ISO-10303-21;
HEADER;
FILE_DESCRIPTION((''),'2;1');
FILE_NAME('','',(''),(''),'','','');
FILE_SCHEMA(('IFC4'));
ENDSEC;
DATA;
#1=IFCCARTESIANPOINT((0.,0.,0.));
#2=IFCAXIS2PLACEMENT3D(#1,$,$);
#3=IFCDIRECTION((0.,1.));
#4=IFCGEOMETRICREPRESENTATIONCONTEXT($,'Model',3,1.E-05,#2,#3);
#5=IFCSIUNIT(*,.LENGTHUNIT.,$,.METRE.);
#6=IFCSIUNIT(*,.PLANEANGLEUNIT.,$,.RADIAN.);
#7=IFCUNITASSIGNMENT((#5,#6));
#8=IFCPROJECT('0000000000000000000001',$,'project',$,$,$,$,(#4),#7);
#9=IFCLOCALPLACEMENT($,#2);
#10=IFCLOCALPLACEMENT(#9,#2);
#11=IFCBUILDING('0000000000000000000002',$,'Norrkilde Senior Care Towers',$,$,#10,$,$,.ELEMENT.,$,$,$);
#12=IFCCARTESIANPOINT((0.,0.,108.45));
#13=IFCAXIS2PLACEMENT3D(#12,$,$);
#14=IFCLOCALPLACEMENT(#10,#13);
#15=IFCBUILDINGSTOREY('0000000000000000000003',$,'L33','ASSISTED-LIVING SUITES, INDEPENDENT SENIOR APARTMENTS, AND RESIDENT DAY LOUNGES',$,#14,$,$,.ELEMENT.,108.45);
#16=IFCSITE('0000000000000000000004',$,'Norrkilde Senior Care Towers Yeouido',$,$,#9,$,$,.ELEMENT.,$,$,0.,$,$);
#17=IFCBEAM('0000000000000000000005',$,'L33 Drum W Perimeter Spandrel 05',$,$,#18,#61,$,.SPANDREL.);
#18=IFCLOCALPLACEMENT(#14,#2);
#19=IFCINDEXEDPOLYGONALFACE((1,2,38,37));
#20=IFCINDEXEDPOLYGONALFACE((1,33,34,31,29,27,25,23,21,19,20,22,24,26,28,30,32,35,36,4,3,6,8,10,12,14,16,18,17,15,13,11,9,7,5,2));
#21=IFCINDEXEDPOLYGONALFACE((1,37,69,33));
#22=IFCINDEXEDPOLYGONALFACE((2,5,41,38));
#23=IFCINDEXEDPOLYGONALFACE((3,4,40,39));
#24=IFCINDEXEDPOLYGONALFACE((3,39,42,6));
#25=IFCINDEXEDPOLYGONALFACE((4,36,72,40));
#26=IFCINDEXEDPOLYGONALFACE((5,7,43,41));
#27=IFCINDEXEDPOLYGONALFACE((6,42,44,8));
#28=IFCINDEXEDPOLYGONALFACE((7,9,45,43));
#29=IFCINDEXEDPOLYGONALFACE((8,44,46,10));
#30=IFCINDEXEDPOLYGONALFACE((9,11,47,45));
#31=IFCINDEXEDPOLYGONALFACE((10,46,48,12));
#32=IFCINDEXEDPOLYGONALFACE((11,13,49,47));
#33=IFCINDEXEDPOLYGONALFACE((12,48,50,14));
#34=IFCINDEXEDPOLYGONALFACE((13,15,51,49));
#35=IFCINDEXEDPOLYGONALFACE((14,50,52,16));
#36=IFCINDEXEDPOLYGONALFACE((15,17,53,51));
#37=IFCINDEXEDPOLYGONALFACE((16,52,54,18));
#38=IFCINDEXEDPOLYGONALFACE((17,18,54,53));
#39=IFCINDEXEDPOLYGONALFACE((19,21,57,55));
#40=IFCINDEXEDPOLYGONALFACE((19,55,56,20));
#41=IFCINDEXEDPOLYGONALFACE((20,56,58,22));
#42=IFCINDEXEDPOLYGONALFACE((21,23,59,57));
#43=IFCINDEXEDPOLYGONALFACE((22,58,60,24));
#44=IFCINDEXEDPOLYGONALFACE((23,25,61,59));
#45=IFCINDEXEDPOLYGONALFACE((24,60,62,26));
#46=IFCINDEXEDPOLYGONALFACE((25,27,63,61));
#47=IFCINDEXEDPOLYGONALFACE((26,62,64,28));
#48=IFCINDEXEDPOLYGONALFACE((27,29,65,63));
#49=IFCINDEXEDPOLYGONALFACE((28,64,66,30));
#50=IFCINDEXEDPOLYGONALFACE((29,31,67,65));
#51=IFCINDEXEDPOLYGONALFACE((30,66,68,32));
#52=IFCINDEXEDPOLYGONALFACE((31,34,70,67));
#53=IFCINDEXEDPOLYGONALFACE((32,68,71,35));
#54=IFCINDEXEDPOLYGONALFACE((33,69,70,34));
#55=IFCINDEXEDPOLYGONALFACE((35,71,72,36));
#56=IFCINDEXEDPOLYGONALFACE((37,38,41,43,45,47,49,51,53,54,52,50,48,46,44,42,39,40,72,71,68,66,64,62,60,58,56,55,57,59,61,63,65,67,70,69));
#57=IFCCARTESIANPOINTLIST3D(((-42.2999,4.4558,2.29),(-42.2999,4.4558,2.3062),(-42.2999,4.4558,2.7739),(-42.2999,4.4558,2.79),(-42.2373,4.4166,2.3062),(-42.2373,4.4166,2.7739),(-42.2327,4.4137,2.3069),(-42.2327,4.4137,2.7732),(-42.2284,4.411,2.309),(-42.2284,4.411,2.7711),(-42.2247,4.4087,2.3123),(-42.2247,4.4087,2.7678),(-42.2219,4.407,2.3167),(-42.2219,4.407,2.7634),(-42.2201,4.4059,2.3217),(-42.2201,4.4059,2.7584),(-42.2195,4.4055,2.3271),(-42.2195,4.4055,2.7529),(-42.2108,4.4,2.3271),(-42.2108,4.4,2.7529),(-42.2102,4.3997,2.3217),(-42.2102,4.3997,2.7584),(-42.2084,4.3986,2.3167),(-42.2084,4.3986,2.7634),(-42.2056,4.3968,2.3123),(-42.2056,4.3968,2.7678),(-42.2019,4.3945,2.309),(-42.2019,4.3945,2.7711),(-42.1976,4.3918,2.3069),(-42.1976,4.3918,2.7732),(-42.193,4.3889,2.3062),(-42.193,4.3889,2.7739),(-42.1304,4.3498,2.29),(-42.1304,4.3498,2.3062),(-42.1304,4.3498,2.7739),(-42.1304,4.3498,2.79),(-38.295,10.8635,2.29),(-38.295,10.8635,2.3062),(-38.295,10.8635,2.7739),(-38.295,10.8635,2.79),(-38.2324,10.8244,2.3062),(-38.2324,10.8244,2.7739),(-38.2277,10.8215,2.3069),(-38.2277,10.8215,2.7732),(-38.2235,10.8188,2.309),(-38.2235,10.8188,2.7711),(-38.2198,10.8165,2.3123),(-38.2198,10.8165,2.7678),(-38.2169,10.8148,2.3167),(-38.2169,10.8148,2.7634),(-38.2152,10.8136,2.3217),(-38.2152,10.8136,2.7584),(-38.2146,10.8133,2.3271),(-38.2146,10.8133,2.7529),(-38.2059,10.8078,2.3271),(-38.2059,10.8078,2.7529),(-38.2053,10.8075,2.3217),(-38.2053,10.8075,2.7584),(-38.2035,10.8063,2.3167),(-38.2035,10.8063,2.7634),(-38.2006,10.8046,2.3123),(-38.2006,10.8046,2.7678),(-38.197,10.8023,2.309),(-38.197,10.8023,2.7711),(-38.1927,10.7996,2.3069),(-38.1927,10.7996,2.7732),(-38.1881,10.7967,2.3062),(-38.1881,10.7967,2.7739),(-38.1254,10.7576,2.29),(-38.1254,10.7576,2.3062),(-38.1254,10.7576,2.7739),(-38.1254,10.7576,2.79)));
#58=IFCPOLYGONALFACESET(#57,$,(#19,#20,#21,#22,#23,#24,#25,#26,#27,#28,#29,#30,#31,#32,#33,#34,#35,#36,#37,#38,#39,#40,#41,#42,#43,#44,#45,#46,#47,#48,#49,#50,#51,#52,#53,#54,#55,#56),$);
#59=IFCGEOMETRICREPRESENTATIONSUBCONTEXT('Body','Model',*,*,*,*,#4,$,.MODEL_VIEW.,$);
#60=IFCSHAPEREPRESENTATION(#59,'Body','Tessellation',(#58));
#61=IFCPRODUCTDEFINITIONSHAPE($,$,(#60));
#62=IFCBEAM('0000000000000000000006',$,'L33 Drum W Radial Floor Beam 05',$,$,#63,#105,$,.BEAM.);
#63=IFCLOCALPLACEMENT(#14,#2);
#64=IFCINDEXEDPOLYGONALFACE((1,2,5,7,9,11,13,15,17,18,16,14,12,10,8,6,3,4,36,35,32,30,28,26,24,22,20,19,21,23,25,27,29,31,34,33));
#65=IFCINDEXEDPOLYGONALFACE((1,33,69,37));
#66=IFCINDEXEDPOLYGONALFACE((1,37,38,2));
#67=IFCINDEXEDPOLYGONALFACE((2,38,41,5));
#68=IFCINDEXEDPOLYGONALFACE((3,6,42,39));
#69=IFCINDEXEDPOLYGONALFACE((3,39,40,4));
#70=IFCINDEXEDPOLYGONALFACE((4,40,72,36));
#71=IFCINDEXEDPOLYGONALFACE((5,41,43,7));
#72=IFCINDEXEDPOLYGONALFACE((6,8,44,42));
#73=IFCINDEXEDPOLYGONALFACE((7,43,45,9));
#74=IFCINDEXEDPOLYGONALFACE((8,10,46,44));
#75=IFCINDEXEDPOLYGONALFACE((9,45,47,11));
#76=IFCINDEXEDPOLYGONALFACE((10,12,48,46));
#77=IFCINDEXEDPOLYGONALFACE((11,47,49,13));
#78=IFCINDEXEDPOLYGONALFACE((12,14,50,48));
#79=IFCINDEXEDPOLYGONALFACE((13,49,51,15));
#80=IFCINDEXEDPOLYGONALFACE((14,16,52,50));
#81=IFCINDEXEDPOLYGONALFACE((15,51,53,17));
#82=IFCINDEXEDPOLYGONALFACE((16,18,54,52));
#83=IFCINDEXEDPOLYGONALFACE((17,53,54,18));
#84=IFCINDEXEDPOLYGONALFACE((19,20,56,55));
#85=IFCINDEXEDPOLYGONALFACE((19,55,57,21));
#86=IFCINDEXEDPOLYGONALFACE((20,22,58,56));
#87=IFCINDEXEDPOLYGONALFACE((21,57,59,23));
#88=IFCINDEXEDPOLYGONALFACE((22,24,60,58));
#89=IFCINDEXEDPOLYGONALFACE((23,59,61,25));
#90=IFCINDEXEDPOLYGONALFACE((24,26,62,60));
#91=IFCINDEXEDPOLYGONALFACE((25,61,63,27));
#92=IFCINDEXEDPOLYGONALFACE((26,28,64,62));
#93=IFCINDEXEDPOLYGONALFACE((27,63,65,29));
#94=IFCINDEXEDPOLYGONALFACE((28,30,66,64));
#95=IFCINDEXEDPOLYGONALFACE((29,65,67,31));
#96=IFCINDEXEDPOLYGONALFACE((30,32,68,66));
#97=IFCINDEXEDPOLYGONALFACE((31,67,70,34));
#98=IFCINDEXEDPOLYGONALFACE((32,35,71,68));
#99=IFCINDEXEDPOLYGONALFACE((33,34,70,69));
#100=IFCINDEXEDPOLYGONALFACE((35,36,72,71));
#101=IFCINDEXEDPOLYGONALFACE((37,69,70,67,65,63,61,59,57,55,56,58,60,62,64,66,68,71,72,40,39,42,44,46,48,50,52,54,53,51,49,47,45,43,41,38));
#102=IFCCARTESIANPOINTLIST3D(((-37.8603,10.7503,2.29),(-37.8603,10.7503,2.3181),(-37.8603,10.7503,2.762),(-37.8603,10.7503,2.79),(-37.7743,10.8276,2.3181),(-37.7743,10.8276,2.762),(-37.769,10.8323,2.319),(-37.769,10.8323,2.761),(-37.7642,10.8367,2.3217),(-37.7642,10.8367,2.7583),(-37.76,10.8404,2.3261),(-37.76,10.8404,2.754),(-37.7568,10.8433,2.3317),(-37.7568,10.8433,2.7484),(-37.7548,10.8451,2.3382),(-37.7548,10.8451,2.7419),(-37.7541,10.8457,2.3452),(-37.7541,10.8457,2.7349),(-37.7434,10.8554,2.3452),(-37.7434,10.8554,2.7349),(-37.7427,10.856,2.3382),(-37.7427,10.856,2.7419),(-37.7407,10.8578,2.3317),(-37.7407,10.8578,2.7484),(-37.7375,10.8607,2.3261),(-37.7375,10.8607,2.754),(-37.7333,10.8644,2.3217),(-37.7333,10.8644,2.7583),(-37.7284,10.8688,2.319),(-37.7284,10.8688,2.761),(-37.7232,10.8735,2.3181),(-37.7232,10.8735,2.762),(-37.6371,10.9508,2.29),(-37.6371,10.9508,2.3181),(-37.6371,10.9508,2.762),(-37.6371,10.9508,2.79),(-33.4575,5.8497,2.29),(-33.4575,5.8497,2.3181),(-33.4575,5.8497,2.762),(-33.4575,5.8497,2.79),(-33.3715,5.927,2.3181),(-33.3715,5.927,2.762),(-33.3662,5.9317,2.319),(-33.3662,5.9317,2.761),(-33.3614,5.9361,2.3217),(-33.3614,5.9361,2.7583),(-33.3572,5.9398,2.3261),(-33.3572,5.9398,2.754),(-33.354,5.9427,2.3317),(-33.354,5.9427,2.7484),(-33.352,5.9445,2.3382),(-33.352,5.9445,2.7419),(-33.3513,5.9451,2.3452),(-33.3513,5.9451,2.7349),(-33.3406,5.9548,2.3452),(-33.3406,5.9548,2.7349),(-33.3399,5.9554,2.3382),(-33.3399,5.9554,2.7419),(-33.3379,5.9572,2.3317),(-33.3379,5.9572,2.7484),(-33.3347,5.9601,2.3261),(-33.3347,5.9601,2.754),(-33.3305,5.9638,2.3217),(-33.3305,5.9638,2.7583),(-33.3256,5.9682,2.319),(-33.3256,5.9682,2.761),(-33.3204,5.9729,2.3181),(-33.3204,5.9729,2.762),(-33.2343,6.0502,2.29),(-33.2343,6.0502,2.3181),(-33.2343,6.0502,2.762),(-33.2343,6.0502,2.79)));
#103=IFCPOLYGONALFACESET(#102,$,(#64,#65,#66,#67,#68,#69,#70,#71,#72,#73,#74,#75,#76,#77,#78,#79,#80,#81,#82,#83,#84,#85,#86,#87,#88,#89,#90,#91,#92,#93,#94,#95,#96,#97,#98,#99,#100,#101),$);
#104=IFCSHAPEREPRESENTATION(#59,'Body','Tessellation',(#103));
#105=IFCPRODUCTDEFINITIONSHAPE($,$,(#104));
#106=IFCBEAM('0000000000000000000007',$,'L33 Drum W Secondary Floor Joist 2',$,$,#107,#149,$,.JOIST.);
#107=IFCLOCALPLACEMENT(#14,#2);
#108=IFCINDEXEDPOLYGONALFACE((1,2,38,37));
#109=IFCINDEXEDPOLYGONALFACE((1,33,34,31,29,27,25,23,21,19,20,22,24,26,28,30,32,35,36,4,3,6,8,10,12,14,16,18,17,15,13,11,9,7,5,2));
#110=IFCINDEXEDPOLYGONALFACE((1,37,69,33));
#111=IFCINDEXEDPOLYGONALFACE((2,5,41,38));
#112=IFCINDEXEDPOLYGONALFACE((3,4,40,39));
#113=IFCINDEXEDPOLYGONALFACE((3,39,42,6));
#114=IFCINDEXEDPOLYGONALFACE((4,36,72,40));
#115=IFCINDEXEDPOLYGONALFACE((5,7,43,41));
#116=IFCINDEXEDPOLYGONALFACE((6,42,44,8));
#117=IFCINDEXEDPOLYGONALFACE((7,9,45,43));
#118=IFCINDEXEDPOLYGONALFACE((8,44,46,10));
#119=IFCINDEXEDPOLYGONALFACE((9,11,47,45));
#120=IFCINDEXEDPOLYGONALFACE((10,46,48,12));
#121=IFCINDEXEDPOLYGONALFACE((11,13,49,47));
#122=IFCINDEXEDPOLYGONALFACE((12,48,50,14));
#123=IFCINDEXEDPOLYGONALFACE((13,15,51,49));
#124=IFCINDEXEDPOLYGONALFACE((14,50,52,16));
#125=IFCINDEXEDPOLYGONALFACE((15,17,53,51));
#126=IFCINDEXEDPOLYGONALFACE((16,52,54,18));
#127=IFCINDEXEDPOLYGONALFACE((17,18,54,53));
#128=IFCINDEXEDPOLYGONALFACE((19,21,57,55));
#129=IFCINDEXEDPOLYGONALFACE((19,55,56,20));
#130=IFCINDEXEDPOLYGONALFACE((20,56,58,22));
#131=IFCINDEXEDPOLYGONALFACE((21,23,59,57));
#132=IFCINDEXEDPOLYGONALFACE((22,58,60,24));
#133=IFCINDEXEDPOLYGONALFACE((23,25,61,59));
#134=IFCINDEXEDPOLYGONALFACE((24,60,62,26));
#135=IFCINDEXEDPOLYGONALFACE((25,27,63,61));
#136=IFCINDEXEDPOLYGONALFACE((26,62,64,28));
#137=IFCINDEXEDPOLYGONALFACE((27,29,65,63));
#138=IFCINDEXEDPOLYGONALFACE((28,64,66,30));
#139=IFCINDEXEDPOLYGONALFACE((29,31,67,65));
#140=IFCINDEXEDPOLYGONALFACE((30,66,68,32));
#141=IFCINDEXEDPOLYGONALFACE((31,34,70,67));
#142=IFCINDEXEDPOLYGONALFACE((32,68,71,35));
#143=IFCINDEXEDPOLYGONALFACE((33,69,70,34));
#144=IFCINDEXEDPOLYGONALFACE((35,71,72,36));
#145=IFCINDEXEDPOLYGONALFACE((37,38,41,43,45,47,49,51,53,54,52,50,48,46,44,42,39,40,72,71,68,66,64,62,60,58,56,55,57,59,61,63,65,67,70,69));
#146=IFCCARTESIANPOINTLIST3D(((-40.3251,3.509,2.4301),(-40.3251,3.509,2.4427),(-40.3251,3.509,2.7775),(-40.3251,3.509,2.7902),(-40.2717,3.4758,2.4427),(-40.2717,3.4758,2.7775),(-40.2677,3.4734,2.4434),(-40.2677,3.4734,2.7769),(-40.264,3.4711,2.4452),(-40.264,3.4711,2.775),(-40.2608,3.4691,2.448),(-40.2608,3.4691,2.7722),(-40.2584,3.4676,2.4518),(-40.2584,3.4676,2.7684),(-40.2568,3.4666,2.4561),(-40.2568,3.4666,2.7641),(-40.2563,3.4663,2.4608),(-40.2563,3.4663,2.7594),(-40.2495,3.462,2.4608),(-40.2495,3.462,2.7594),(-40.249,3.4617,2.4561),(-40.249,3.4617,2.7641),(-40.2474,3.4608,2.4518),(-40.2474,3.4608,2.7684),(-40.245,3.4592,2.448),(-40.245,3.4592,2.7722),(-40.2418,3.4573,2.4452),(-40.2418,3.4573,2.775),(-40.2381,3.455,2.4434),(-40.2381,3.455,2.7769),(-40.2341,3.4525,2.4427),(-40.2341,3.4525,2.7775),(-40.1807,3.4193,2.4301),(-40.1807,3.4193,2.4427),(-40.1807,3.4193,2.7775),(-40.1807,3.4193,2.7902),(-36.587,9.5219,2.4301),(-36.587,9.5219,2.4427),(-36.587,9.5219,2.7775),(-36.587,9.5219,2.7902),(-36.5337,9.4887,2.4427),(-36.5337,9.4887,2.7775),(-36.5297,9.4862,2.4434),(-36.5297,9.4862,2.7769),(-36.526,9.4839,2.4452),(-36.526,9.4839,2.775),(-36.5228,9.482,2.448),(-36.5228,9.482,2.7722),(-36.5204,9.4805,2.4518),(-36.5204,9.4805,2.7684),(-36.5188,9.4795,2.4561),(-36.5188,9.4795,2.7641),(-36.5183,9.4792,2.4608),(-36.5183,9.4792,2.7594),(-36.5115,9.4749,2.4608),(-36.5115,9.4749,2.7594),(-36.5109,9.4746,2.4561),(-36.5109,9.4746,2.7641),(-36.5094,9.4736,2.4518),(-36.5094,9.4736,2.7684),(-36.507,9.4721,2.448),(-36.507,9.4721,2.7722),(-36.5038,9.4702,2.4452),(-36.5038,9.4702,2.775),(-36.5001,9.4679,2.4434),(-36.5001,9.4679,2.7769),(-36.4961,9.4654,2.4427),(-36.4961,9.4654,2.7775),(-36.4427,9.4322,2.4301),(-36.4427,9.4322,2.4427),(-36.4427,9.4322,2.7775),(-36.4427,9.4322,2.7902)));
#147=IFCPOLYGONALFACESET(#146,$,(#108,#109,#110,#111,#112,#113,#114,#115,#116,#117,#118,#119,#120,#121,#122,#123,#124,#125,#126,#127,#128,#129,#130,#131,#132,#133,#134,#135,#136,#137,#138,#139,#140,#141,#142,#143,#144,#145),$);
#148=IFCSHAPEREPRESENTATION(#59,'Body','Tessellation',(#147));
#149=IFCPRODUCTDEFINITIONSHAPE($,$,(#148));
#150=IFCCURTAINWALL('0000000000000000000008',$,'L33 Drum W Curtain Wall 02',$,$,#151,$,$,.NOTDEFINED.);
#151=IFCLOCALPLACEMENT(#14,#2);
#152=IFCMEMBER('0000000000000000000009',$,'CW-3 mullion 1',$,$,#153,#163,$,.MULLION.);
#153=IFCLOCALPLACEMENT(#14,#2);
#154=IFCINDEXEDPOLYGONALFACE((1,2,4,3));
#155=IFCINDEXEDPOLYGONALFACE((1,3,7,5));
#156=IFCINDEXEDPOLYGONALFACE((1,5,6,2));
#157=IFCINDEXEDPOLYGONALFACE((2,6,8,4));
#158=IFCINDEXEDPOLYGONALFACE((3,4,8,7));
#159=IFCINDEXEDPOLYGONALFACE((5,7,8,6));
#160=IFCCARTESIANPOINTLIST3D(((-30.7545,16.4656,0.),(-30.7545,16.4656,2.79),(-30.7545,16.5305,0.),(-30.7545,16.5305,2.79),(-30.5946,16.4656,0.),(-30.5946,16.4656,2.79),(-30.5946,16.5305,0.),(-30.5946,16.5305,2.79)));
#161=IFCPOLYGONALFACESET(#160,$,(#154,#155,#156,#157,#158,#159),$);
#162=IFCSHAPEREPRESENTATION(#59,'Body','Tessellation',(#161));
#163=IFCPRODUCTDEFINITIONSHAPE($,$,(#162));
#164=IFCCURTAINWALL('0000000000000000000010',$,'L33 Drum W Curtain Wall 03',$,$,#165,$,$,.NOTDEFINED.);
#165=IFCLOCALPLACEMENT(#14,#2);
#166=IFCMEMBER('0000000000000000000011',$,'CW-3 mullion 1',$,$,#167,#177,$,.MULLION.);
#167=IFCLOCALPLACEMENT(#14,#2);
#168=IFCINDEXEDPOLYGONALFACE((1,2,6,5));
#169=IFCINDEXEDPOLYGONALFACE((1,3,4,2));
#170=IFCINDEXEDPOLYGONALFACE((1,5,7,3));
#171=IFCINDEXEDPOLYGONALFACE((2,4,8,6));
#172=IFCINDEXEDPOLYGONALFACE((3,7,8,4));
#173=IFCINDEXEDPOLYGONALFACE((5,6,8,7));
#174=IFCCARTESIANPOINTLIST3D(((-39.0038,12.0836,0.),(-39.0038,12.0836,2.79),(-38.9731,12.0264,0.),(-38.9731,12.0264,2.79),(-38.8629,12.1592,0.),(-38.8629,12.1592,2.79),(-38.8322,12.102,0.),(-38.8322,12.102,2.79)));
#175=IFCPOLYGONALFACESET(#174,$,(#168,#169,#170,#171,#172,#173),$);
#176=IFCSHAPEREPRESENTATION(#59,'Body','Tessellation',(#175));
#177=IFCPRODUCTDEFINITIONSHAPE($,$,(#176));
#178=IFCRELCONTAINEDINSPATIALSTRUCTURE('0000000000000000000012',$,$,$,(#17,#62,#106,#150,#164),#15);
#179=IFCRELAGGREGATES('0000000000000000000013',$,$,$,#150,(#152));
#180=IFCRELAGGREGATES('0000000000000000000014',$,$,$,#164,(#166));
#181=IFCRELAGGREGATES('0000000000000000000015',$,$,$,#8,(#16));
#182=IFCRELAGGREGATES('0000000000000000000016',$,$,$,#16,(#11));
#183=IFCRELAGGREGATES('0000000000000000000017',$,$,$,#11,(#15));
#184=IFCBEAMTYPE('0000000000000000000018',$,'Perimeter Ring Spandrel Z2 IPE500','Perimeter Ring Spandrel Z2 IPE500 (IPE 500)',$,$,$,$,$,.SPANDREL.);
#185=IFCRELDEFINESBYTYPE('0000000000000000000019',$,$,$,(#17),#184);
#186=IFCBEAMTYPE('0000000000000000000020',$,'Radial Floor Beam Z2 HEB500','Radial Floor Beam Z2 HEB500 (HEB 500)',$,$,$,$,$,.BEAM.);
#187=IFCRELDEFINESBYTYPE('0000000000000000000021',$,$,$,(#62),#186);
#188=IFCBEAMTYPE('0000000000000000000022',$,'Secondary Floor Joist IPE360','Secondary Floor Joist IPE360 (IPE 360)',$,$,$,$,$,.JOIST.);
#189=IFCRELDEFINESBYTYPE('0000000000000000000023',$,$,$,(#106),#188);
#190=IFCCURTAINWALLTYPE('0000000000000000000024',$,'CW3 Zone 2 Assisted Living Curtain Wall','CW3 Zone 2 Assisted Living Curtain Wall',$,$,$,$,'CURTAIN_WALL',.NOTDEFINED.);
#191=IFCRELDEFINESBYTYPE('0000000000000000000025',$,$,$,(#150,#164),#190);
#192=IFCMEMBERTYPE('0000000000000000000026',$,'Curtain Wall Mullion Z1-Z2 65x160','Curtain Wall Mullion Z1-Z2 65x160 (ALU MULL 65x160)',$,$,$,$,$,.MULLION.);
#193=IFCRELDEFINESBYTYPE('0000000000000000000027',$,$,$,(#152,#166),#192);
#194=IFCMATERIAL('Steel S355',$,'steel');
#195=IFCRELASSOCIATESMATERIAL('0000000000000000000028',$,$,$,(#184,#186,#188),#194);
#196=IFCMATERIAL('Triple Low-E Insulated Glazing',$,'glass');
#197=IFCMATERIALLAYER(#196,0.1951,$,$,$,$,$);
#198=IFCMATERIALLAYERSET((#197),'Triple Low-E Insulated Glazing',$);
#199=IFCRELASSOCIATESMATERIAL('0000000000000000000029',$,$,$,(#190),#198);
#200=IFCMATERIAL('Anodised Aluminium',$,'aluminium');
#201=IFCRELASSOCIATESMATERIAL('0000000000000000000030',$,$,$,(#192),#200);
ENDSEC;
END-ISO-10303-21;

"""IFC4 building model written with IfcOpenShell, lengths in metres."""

from ifc_helpers import new_model, si_unit, direction, frame, origin, origin_2d, place, context, subcontext, project, spatial, rectangle, i_section, extrude, source, transform, mapped, material, layer, layer_set, material_profile, profile_set, type_object, type_shapes, element, aggregate, save


model = new_model("IFC4")

# Units and contexts
model_context = context("Model", 3, precision=1e-05, world=origin(), true_north=direction((0.0, 1.0)))
body_context = subcontext(model_context, "Body", "Model", "MODEL_VIEW")
ifc_project = project(units=[si_unit("LENGTHUNIT", "METRE"), si_unit("PLANEANGLEUNIT", "RADIAN")], contexts=[model_context])

# Site, building, storey
site_placement = place(None, origin())
site = spatial("IfcSite", under=ifc_project, at=site_placement, Name="Norrkilde Senior Care Towers Yeouido", CompositionType="ELEMENT", RefElevation=0.0)
building_placement = place(site_placement, origin())
building = spatial("IfcBuilding", under=site, at=building_placement, Name="Norrkilde Senior Care Towers", CompositionType="ELEMENT")
storey_placement = place(building_placement, frame((0.0, 0.0, 108.45)))
storey = spatial("IfcBuildingStorey", under=building, at=storey_placement, Name="L33", Description="ASSISTED-LIVING SUITES, INDEPENDENT SENIOR APARTMENTS, AND RESIDENT DAY LOUNGES", CompositionType="ELEMENT", Elevation=108.45)

# Beams
ifc_material_1 = material(Name="Steel S355", Category="steel")
ifc_material_profile_1 = material_profile(ifc_material_1, i_section(OverallWidth=0.2, OverallDepth=0.5, WebThickness=0.0103, FlangeThickness=0.0161, FilletRadius=0.021, at=origin_2d()), Name="IPE 500")
ifc_profile_set_1 = profile_set([ifc_material_profile_1], Name="Steel S355")
beam_type_1 = type_object("IfcBeamType", Name="Perimeter Ring Spandrel Z2 IPE500", Description="Perimeter Ring Spandrel Z2 IPE500 (IPE 500)", PredefinedType="SPANDREL", material=ifc_profile_set_1)
ifc_material_profile_2 = material_profile(ifc_material_1, i_section(OverallWidth=0.3, OverallDepth=0.5, WebThickness=0.0144, FlangeThickness=0.0281, FilletRadius=0.0271, at=origin_2d()), Name="HEB 500")
ifc_profile_set_2 = profile_set([ifc_material_profile_2], Name="Steel S355")
beam_type_2 = type_object("IfcBeamType", Name="Radial Floor Beam Z2 HEB500", Description="Radial Floor Beam Z2 HEB500 (HEB 500)", PredefinedType="BEAM", material=ifc_profile_set_2)
shared_shape_1 = source(origin(), body_context, "Body", "SweptSolid", [
    extrude(i_section(OverallWidth=0.2, OverallDepth=0.5, WebThickness=0.0103, FlangeThickness=0.0161, FilletRadius=0.021, at=origin_2d()), origin(), (0.0, 0.0, 1.0), 7.5564),
])
beam_1_placement = place(storey_placement, frame((-38.2102, 10.8105, 2.54), z_axis=(-0.530005, -0.847995, 0.0), x_axis=(0.847995, -0.530005, 0.0)))
element("IfcBeam", 1, at=beam_1_placement, inside=storey, type_object=beam_type_1, Name="L33 Drum W Perimeter Spandrel 05", PredefinedType="SPANDREL", context=body_context, shape_type="MappedRepresentation", body=[
    mapped(shared_shape_1, transform((0.0, 0.0, 0.0), x_axis=(1.0, 0.0, 0.0), y_axis=(0.0, 1.0, 0.0), z_axis=(0.0, 0.0, 1.0), scale=1.0)),
])
shared_shape_2 = source(origin(), body_context, "Body", "SweptSolid", [
    extrude(i_section(OverallWidth=0.3, OverallDepth=0.5, WebThickness=0.0144, FlangeThickness=0.0281, FilletRadius=0.0271, at=origin_2d()), origin(), (0.0, 0.0, 1.0), 6.5879),
])
beam_2_placement = place(storey_placement, frame((-33.3459, 5.95, 2.54), z_axis=(-0.668315, 0.743878, 0.0), x_axis=(-0.743878, -0.668315, 0.0)))
element("IfcBeam", 2, at=beam_2_placement, inside=storey, type_object=beam_type_2, Name="L33 Drum W Radial Floor Beam 05", PredefinedType="BEAM", context=body_context, shape_type="MappedRepresentation", body=[
    mapped(shared_shape_2, transform((0.0, 0.0, 0.0), x_axis=(1.0, 0.0, 0.0), y_axis=(0.0, 1.0, 0.0), z_axis=(0.0, 0.0, 1.0), scale=1.0)),
])
ifc_material_profile_3 = material_profile(ifc_material_1, i_section(OverallWidth=0.1699, OverallDepth=0.3601, WebThickness=0.0081, FlangeThickness=0.0127, FilletRadius=0.0181, at=origin_2d()), Name="IPE 360")
ifc_profile_set_3 = profile_set([ifc_material_profile_3], Name="Steel S355")
beam_type_3 = type_object("IfcBeamType", Name="Secondary Floor Joist IPE360", Description="Secondary Floor Joist IPE360 (IPE 360)", PredefinedType="JOIST", material=ifc_profile_set_3)
shared_shape_3 = source(origin(), body_context, "Body", "SweptSolid", [
    extrude(i_section(OverallWidth=0.1699, OverallDepth=0.3601, WebThickness=0.0081, FlangeThickness=0.0127, FilletRadius=0.0181, at=origin_2d()), origin(), (0.0, 0.0, 1.0), 7.0801),
])
type_shapes(beam_type_3, [shared_shape_3])
beam_3_placement = place(storey_placement, frame((-36.5149, 9.4771, 2.6101), z_axis=(-0.527961, -0.849269, 0.0), x_axis=(0.849269, -0.527961, 0.0)))
element("IfcBeam", 3, at=beam_3_placement, inside=storey, type_object=beam_type_3, Name="L33 Drum W Secondary Floor Joist 2", PredefinedType="JOIST", context=body_context, shape_type="MappedRepresentation", body=[
    mapped(shared_shape_3, transform((0.0, 0.0, 0.0), x_axis=(1.0, 0.0, 0.0), y_axis=(0.0, 1.0, 0.0), z_axis=(0.0, 0.0, 1.0), scale=1.0)),
])

# Curtain wall, member
ifc_material_2 = material(Name="Triple Low-E Insulated Glazing", Category="glass")
ifc_layer_1 = layer(ifc_material_2, 0.1951)
ifc_layer_set_1 = layer_set([ifc_layer_1], Name="Triple Low-E Insulated Glazing")
curtain_wall_type = type_object("IfcCurtainWallType", Name="CW3 Zone 2 Assisted Living Curtain Wall", Description="CW3 Zone 2 Assisted Living Curtain Wall", ElementType="CURTAIN_WALL", PredefinedType="NOTDEFINED", material=ifc_layer_set_1)
curtain_wall_1_placement = place(storey_placement, origin())
curtain_wall_1 = element("IfcCurtainWall", 4, at=curtain_wall_1_placement, inside=storey, type_object=curtain_wall_type, Name="L33 Drum W Curtain Wall 02", PredefinedType="NOTDEFINED")
ifc_material_3 = material(Name="Anodised Aluminium", Category="aluminium")
ifc_material_profile_4 = material_profile(ifc_material_3, rectangle(XDim=0.0649, YDim=0.1599, at=origin_2d()), Name="ALU MULL 65x160")
ifc_profile_set_4 = profile_set([ifc_material_profile_4], Name="Anodised Aluminium")
member_type_1 = type_object("IfcMemberType", Name="Curtain Wall Mullion Z1-Z2 65x160", Description="Curtain Wall Mullion Z1-Z2 65x160 (ALU MULL 65x160)", PredefinedType="MULLION", material=ifc_profile_set_4)
shared_shape_4 = source(origin(), body_context, "Body", "SweptSolid", [
    extrude(rectangle(XDim=0.0649, YDim=0.1599, at=origin_2d()), origin(), (0.0, 0.0, 1.0), 2.79),
])
type_shapes(member_type_1, [shared_shape_4])
member_1_placement = place(storey_placement, frame((-30.6746, 16.498, 0.0), z_axis=(0.0, 0.0, 1.0), x_axis=(0.0, 1.0, 0.0)))
member_1 = element("IfcMember", 5, at=member_1_placement, type_object=member_type_1, Name="CW-3 mullion 1", PredefinedType="MULLION", context=body_context, shape_type="MappedRepresentation", body=[
    mapped(shared_shape_4, transform((0.0, 0.0, 0.0), x_axis=(1.0, 0.0, 0.0), y_axis=(0.0, 1.0, 0.0), z_axis=(0.0, 0.0, 1.0), scale=1.0)),
])

# Curtain wall, member
curtain_wall_2_placement = place(storey_placement, origin())
curtain_wall_2 = element("IfcCurtainWall", 6, at=curtain_wall_2_placement, inside=storey, type_object=curtain_wall_type, Name="L33 Drum W Curtain Wall 03", PredefinedType="NOTDEFINED")
member_2_placement = place(storey_placement, frame((-38.918, 12.0928, 0.0), z_axis=(0.0, 0.0, 1.0), x_axis=(-0.472769, 0.881186, 0.0)))
member_2 = element("IfcMember", 7, at=member_2_placement, type_object=member_type_1, Name="CW-3 mullion 1", PredefinedType="MULLION", context=body_context, shape_type="MappedRepresentation", body=[
    mapped(shared_shape_4, transform((0.0, 0.0, 0.0), x_axis=(1.0, 0.0, 0.0), y_axis=(0.0, 1.0, 0.0), z_axis=(0.0, 0.0, 1.0), scale=1.0)),
])

aggregate(curtain_wall_1, [member_1])

aggregate(curtain_wall_2, [member_2])

save(model, "model.ifc")
